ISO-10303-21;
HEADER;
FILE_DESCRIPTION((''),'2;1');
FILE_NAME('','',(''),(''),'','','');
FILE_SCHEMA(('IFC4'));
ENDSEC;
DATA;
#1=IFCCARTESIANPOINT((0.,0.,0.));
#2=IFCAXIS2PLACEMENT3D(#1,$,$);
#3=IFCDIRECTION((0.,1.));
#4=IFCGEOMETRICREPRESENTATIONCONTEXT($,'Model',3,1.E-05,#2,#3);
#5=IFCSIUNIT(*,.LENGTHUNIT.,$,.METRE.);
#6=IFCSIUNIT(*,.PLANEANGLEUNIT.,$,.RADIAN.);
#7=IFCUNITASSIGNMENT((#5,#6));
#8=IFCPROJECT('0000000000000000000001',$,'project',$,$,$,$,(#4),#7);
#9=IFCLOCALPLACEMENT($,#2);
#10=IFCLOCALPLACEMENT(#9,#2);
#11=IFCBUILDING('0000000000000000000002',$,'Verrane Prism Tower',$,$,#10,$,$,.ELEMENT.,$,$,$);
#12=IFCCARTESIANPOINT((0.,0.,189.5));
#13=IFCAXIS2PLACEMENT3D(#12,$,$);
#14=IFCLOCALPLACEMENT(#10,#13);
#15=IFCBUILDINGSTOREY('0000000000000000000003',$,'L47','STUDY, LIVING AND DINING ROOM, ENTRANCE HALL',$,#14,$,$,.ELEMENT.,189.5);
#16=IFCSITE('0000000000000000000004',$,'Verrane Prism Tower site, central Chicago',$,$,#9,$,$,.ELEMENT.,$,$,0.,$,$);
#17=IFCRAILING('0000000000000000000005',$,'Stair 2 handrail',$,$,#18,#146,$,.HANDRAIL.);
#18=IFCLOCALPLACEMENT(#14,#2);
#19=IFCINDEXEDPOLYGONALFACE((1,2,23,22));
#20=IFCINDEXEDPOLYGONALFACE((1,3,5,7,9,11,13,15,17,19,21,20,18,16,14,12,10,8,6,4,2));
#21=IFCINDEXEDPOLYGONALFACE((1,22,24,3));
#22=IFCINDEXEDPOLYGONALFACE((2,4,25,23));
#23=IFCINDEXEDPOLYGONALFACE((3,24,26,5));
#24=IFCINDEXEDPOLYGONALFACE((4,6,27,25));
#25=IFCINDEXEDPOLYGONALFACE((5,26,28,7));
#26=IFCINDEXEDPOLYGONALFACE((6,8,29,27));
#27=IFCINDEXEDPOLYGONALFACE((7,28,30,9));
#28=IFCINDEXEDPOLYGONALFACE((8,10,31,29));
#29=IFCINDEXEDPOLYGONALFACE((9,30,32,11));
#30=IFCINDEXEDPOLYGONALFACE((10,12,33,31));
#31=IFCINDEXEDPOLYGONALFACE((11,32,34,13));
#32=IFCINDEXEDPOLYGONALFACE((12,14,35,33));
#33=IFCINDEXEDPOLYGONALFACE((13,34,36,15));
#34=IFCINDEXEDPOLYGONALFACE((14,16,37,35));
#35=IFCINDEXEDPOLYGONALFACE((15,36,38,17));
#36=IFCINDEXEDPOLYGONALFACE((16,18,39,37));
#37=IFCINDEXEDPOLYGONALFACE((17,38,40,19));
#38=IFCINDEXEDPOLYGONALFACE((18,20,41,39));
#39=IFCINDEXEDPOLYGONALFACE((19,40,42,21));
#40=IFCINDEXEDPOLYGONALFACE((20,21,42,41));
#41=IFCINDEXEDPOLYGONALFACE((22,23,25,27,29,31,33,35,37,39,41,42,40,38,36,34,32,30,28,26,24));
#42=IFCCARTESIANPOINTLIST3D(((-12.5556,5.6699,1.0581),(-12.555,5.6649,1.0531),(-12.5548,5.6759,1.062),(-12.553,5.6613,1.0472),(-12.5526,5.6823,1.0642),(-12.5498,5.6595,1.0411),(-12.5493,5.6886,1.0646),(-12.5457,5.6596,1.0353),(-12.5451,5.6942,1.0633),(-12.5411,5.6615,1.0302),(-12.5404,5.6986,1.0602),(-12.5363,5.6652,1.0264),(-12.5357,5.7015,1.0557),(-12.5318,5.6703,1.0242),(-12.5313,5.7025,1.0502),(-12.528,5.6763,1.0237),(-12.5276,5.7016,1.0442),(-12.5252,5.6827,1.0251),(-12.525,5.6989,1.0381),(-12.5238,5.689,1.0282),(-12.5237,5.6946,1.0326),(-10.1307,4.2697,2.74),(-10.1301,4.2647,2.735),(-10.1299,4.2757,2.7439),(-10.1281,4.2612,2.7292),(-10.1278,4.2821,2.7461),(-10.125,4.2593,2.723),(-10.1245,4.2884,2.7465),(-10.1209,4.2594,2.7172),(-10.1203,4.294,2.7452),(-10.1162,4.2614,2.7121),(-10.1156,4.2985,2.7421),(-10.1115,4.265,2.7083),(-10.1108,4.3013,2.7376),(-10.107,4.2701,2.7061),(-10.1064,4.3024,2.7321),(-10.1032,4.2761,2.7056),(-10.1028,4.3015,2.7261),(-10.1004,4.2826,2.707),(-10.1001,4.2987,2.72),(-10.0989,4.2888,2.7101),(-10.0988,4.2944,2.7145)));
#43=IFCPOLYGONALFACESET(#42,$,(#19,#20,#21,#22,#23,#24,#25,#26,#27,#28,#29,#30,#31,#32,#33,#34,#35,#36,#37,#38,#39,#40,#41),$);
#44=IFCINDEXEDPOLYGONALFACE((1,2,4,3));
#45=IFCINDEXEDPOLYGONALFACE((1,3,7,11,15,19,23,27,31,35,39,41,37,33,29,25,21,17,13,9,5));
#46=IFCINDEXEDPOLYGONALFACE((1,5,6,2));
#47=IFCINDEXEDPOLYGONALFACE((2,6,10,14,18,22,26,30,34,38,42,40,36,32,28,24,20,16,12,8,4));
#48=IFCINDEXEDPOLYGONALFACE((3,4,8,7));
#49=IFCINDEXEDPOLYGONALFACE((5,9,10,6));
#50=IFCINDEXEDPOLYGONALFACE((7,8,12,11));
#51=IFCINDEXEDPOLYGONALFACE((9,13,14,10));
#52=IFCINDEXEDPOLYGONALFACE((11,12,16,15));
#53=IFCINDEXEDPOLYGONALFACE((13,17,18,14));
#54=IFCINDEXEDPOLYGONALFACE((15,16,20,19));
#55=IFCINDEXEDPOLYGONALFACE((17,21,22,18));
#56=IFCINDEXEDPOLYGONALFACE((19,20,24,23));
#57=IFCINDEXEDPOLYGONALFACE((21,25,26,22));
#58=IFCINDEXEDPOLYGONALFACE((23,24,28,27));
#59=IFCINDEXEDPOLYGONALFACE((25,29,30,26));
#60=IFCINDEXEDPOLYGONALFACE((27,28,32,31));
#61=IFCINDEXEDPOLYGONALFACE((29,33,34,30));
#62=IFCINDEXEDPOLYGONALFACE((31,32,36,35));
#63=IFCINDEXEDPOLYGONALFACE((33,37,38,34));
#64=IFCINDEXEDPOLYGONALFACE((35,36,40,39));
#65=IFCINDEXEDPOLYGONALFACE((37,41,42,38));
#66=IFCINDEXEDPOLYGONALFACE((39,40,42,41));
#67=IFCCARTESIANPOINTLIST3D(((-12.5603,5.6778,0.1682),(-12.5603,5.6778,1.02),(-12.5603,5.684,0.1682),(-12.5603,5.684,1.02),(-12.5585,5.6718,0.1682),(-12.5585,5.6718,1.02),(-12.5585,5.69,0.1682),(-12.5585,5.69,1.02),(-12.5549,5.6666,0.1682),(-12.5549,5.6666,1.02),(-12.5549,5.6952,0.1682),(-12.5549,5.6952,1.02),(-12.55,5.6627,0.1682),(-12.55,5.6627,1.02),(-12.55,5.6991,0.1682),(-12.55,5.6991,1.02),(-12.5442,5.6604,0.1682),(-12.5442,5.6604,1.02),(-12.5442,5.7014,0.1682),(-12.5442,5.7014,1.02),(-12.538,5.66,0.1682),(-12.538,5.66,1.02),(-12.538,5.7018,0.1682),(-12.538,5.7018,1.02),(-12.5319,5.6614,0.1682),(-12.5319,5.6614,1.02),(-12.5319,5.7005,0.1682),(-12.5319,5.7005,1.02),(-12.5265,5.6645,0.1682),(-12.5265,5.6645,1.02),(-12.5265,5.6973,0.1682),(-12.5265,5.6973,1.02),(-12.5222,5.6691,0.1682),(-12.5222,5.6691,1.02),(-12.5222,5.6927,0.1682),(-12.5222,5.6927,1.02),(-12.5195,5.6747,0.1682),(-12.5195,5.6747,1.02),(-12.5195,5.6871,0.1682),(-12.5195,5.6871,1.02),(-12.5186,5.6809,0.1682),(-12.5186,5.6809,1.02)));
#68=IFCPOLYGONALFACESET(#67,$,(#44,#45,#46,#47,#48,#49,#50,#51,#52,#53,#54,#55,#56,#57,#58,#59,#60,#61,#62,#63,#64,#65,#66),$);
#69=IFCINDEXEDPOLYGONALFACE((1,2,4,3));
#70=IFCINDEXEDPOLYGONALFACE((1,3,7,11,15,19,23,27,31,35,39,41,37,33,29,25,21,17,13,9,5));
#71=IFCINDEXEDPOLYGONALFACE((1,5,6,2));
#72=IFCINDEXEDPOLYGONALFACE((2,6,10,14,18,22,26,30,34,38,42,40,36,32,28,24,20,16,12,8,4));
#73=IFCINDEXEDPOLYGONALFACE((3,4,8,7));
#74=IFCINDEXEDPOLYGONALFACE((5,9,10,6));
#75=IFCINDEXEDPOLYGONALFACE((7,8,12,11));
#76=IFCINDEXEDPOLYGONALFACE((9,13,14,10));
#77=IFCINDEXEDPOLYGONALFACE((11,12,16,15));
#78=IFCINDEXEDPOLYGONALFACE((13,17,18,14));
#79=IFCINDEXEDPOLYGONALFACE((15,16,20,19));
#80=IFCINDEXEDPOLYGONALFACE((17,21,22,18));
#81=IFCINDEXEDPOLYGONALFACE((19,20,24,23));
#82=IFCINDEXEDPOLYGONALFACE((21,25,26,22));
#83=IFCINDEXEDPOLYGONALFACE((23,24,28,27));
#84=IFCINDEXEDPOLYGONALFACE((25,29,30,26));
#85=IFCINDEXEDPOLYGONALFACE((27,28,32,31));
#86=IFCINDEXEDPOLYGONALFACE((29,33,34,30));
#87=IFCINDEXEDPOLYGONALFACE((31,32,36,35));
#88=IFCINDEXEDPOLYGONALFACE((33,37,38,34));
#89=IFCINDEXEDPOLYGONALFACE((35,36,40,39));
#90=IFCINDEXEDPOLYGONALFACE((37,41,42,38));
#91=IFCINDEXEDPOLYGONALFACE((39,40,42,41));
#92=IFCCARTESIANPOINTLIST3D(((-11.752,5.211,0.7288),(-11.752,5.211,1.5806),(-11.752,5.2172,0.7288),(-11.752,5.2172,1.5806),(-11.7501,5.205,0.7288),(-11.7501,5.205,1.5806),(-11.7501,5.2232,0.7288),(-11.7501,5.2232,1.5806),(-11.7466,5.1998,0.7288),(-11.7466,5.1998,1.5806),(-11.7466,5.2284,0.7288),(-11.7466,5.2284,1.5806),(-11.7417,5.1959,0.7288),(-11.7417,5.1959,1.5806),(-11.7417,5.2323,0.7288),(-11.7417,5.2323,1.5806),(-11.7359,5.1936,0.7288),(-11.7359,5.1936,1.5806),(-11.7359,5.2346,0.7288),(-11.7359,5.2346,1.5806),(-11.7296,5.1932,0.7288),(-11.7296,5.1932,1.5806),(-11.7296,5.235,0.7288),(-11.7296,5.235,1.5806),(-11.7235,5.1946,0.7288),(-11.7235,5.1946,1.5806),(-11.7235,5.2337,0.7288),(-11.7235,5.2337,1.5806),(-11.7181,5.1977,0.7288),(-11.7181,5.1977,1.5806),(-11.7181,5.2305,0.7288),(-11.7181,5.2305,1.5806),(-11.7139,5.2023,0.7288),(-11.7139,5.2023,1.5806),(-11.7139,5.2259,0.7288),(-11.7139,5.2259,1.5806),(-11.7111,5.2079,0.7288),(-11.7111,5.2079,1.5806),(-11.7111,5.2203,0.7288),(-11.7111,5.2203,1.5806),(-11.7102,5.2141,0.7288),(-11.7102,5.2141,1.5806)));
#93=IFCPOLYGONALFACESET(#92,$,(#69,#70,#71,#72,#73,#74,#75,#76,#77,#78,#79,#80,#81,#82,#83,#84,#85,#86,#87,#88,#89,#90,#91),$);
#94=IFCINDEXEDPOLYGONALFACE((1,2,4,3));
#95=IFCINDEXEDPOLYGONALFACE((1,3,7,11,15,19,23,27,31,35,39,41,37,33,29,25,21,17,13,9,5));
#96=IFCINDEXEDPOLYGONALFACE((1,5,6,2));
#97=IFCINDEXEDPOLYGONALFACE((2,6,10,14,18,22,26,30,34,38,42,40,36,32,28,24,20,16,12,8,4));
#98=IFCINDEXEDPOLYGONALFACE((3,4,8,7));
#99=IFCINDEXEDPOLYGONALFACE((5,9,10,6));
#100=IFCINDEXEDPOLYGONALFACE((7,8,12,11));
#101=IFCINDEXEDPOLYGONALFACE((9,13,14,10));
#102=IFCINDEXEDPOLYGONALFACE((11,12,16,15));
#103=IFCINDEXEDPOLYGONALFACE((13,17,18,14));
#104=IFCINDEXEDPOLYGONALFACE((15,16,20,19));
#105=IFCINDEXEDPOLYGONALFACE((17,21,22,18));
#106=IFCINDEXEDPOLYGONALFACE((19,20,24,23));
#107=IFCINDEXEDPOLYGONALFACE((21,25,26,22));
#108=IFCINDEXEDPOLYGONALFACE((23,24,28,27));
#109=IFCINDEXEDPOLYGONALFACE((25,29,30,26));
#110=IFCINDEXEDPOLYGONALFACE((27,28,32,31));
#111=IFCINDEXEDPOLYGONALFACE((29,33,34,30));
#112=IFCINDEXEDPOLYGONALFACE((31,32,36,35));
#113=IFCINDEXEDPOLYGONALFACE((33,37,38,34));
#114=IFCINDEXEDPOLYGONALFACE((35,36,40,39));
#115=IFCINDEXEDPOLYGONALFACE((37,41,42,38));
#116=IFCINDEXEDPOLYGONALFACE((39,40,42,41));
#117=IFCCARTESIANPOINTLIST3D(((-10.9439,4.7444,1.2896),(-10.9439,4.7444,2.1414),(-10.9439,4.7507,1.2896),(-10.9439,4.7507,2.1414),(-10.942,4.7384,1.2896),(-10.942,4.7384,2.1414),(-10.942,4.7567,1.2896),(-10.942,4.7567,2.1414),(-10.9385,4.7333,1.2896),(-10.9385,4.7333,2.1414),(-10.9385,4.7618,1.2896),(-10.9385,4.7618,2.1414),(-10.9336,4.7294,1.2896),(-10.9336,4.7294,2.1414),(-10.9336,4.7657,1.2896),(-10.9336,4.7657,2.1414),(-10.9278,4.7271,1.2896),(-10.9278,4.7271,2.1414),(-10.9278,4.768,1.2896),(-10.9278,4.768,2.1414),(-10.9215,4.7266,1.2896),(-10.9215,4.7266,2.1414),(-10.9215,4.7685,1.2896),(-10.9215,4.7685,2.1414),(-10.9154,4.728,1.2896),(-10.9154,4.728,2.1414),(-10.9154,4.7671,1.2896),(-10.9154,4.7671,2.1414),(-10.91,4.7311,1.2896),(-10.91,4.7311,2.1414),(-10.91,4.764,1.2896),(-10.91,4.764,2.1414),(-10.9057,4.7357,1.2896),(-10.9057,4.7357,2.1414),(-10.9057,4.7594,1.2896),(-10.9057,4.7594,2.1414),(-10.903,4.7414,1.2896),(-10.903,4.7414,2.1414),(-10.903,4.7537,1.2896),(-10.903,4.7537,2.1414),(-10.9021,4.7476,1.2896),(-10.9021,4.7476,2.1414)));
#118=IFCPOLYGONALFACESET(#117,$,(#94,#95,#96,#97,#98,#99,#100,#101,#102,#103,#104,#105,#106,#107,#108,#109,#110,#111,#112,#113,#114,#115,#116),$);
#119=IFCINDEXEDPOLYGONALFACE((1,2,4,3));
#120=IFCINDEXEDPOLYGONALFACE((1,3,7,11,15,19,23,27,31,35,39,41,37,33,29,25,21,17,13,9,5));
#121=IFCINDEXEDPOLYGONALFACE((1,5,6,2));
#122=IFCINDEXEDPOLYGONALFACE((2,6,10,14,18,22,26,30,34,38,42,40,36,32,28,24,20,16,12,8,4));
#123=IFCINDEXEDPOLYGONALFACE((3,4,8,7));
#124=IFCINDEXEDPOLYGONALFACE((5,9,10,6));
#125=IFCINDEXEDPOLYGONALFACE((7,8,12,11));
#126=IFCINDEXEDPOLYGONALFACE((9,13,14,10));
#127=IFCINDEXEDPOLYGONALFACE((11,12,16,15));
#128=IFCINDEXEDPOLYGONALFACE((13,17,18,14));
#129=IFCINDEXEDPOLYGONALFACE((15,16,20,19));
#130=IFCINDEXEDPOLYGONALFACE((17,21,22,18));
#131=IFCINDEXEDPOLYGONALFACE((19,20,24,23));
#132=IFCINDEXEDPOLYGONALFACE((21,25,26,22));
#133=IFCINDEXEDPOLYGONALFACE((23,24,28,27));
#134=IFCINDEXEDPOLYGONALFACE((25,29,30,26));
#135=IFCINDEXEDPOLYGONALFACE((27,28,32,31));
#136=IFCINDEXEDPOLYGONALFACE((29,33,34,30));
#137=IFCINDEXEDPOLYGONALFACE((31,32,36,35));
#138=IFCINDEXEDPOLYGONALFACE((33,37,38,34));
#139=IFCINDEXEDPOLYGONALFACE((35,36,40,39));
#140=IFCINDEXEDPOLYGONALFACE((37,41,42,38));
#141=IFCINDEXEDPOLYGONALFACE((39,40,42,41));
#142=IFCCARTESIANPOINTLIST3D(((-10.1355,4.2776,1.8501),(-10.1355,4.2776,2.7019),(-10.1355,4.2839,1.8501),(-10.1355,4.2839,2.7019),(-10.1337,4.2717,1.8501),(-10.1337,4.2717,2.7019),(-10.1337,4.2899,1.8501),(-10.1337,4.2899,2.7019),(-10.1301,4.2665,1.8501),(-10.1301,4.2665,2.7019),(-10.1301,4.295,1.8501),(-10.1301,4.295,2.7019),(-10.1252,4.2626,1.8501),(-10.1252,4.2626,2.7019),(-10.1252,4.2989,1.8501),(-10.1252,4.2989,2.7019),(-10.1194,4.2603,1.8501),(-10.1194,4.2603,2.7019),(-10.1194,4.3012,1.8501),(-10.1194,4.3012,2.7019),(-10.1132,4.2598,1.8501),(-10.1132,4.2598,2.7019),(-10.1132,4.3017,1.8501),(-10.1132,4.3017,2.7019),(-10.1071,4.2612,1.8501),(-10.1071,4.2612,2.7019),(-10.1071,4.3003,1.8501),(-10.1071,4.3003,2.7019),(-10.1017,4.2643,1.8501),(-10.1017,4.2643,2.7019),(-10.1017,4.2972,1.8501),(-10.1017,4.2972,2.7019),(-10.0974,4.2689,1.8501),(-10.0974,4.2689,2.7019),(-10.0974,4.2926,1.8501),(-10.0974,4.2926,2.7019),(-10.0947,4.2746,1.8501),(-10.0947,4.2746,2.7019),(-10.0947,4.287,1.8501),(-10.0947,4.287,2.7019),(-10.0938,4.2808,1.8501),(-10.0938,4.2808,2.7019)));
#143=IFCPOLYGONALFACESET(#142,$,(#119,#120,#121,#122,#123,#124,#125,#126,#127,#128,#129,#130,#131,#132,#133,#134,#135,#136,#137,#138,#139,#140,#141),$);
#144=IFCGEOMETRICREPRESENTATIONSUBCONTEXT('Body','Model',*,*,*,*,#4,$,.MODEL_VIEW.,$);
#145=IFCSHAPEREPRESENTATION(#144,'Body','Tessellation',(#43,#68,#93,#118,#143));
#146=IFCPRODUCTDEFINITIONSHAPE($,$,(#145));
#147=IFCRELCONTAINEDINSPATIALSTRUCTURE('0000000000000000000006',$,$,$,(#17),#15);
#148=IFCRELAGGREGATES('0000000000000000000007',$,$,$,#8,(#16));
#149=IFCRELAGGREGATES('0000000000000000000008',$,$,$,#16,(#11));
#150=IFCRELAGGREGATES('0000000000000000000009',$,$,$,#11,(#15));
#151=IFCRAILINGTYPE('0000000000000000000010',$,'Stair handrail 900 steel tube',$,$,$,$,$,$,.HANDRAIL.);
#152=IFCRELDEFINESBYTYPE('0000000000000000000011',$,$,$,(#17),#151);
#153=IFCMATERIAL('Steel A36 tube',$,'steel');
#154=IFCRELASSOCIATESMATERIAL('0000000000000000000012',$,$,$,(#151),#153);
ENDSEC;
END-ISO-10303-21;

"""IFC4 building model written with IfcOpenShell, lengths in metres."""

from ifc_helpers import new_model, si_unit, direction, frame, origin, origin_2d, place, context, subcontext, project, spatial, circle, extrude, material, type_object, element, save


model = new_model("IFC4")

# Units and contexts
model_context = context("Model", 3, precision=1e-05, world=origin(), true_north=direction((0.0, 1.0)))
body_context = subcontext(model_context, "Body", "Model", "MODEL_VIEW")
ifc_project = project(units=[si_unit("LENGTHUNIT", "METRE"), si_unit("PLANEANGLEUNIT", "RADIAN")], contexts=[model_context])

# Site, building, storey
site_placement = place(None, origin())
site = spatial("IfcSite", under=ifc_project, at=site_placement, Name="Verrane Prism Tower site, central Chicago", CompositionType="ELEMENT", RefElevation=0.0)
building_placement = place(site_placement, origin())
building = spatial("IfcBuilding", under=site, at=building_placement, Name="Verrane Prism Tower", CompositionType="ELEMENT")
storey_placement = place(building_placement, frame((0.0, 0.0, 189.5)))
storey = spatial("IfcBuildingStorey", under=building, at=storey_placement, Name="L47", Description="STUDY, LIVING AND DINING ROOM, ENTRANCE HALL", CompositionType="ELEMENT", Elevation=189.5)

# Railing
ifc_material_1 = material(Name="Steel A36 tube", Category="steel")
railing_type_1 = type_object("IfcRailingType", Name="Stair handrail 900 steel tube", PredefinedType="HANDRAIL", material=ifc_material_1)
railing_1_placement = place(storey_placement, frame((-12.5396, 5.6809, 0.1682)))
element("IfcRailing", 1, at=railing_1_placement, inside=storey, type_object=railing_type_1, Name="Stair 2 handrail", PredefinedType="HANDRAIL", context=body_context, shape_type="SweptSolid", body=[
    extrude(circle(Radius=0.0239, at=origin_2d()), frame((0.0, 0.0, 0.876), z_axis=(0.742367, -0.428662, 0.514918), x_axis=(0.50005, 0.865997, 0.0)), (0.0, 0.0, 1.0), 3.2664),
    extrude(circle(Radius=0.021, at=origin_2d()), origin(), (0.0, 0.0, 1.0), 0.8518),
    extrude(circle(Radius=0.021, at=origin_2d()), frame((0.8083, -0.4668, 0.5605)), (0.0, 0.0, 1.0), 0.8518),
    extrude(circle(Radius=0.021, at=origin_2d()), frame((1.6165, -0.9333, 1.1213)), (0.0, 0.0, 1.0), 0.8518),
    extrude(circle(Radius=0.021, at=origin_2d()), frame((2.4248, -1.4001, 1.6819)), (0.0, 0.0, 1.0), 0.8518),
])

save(model, "model.ifc")
